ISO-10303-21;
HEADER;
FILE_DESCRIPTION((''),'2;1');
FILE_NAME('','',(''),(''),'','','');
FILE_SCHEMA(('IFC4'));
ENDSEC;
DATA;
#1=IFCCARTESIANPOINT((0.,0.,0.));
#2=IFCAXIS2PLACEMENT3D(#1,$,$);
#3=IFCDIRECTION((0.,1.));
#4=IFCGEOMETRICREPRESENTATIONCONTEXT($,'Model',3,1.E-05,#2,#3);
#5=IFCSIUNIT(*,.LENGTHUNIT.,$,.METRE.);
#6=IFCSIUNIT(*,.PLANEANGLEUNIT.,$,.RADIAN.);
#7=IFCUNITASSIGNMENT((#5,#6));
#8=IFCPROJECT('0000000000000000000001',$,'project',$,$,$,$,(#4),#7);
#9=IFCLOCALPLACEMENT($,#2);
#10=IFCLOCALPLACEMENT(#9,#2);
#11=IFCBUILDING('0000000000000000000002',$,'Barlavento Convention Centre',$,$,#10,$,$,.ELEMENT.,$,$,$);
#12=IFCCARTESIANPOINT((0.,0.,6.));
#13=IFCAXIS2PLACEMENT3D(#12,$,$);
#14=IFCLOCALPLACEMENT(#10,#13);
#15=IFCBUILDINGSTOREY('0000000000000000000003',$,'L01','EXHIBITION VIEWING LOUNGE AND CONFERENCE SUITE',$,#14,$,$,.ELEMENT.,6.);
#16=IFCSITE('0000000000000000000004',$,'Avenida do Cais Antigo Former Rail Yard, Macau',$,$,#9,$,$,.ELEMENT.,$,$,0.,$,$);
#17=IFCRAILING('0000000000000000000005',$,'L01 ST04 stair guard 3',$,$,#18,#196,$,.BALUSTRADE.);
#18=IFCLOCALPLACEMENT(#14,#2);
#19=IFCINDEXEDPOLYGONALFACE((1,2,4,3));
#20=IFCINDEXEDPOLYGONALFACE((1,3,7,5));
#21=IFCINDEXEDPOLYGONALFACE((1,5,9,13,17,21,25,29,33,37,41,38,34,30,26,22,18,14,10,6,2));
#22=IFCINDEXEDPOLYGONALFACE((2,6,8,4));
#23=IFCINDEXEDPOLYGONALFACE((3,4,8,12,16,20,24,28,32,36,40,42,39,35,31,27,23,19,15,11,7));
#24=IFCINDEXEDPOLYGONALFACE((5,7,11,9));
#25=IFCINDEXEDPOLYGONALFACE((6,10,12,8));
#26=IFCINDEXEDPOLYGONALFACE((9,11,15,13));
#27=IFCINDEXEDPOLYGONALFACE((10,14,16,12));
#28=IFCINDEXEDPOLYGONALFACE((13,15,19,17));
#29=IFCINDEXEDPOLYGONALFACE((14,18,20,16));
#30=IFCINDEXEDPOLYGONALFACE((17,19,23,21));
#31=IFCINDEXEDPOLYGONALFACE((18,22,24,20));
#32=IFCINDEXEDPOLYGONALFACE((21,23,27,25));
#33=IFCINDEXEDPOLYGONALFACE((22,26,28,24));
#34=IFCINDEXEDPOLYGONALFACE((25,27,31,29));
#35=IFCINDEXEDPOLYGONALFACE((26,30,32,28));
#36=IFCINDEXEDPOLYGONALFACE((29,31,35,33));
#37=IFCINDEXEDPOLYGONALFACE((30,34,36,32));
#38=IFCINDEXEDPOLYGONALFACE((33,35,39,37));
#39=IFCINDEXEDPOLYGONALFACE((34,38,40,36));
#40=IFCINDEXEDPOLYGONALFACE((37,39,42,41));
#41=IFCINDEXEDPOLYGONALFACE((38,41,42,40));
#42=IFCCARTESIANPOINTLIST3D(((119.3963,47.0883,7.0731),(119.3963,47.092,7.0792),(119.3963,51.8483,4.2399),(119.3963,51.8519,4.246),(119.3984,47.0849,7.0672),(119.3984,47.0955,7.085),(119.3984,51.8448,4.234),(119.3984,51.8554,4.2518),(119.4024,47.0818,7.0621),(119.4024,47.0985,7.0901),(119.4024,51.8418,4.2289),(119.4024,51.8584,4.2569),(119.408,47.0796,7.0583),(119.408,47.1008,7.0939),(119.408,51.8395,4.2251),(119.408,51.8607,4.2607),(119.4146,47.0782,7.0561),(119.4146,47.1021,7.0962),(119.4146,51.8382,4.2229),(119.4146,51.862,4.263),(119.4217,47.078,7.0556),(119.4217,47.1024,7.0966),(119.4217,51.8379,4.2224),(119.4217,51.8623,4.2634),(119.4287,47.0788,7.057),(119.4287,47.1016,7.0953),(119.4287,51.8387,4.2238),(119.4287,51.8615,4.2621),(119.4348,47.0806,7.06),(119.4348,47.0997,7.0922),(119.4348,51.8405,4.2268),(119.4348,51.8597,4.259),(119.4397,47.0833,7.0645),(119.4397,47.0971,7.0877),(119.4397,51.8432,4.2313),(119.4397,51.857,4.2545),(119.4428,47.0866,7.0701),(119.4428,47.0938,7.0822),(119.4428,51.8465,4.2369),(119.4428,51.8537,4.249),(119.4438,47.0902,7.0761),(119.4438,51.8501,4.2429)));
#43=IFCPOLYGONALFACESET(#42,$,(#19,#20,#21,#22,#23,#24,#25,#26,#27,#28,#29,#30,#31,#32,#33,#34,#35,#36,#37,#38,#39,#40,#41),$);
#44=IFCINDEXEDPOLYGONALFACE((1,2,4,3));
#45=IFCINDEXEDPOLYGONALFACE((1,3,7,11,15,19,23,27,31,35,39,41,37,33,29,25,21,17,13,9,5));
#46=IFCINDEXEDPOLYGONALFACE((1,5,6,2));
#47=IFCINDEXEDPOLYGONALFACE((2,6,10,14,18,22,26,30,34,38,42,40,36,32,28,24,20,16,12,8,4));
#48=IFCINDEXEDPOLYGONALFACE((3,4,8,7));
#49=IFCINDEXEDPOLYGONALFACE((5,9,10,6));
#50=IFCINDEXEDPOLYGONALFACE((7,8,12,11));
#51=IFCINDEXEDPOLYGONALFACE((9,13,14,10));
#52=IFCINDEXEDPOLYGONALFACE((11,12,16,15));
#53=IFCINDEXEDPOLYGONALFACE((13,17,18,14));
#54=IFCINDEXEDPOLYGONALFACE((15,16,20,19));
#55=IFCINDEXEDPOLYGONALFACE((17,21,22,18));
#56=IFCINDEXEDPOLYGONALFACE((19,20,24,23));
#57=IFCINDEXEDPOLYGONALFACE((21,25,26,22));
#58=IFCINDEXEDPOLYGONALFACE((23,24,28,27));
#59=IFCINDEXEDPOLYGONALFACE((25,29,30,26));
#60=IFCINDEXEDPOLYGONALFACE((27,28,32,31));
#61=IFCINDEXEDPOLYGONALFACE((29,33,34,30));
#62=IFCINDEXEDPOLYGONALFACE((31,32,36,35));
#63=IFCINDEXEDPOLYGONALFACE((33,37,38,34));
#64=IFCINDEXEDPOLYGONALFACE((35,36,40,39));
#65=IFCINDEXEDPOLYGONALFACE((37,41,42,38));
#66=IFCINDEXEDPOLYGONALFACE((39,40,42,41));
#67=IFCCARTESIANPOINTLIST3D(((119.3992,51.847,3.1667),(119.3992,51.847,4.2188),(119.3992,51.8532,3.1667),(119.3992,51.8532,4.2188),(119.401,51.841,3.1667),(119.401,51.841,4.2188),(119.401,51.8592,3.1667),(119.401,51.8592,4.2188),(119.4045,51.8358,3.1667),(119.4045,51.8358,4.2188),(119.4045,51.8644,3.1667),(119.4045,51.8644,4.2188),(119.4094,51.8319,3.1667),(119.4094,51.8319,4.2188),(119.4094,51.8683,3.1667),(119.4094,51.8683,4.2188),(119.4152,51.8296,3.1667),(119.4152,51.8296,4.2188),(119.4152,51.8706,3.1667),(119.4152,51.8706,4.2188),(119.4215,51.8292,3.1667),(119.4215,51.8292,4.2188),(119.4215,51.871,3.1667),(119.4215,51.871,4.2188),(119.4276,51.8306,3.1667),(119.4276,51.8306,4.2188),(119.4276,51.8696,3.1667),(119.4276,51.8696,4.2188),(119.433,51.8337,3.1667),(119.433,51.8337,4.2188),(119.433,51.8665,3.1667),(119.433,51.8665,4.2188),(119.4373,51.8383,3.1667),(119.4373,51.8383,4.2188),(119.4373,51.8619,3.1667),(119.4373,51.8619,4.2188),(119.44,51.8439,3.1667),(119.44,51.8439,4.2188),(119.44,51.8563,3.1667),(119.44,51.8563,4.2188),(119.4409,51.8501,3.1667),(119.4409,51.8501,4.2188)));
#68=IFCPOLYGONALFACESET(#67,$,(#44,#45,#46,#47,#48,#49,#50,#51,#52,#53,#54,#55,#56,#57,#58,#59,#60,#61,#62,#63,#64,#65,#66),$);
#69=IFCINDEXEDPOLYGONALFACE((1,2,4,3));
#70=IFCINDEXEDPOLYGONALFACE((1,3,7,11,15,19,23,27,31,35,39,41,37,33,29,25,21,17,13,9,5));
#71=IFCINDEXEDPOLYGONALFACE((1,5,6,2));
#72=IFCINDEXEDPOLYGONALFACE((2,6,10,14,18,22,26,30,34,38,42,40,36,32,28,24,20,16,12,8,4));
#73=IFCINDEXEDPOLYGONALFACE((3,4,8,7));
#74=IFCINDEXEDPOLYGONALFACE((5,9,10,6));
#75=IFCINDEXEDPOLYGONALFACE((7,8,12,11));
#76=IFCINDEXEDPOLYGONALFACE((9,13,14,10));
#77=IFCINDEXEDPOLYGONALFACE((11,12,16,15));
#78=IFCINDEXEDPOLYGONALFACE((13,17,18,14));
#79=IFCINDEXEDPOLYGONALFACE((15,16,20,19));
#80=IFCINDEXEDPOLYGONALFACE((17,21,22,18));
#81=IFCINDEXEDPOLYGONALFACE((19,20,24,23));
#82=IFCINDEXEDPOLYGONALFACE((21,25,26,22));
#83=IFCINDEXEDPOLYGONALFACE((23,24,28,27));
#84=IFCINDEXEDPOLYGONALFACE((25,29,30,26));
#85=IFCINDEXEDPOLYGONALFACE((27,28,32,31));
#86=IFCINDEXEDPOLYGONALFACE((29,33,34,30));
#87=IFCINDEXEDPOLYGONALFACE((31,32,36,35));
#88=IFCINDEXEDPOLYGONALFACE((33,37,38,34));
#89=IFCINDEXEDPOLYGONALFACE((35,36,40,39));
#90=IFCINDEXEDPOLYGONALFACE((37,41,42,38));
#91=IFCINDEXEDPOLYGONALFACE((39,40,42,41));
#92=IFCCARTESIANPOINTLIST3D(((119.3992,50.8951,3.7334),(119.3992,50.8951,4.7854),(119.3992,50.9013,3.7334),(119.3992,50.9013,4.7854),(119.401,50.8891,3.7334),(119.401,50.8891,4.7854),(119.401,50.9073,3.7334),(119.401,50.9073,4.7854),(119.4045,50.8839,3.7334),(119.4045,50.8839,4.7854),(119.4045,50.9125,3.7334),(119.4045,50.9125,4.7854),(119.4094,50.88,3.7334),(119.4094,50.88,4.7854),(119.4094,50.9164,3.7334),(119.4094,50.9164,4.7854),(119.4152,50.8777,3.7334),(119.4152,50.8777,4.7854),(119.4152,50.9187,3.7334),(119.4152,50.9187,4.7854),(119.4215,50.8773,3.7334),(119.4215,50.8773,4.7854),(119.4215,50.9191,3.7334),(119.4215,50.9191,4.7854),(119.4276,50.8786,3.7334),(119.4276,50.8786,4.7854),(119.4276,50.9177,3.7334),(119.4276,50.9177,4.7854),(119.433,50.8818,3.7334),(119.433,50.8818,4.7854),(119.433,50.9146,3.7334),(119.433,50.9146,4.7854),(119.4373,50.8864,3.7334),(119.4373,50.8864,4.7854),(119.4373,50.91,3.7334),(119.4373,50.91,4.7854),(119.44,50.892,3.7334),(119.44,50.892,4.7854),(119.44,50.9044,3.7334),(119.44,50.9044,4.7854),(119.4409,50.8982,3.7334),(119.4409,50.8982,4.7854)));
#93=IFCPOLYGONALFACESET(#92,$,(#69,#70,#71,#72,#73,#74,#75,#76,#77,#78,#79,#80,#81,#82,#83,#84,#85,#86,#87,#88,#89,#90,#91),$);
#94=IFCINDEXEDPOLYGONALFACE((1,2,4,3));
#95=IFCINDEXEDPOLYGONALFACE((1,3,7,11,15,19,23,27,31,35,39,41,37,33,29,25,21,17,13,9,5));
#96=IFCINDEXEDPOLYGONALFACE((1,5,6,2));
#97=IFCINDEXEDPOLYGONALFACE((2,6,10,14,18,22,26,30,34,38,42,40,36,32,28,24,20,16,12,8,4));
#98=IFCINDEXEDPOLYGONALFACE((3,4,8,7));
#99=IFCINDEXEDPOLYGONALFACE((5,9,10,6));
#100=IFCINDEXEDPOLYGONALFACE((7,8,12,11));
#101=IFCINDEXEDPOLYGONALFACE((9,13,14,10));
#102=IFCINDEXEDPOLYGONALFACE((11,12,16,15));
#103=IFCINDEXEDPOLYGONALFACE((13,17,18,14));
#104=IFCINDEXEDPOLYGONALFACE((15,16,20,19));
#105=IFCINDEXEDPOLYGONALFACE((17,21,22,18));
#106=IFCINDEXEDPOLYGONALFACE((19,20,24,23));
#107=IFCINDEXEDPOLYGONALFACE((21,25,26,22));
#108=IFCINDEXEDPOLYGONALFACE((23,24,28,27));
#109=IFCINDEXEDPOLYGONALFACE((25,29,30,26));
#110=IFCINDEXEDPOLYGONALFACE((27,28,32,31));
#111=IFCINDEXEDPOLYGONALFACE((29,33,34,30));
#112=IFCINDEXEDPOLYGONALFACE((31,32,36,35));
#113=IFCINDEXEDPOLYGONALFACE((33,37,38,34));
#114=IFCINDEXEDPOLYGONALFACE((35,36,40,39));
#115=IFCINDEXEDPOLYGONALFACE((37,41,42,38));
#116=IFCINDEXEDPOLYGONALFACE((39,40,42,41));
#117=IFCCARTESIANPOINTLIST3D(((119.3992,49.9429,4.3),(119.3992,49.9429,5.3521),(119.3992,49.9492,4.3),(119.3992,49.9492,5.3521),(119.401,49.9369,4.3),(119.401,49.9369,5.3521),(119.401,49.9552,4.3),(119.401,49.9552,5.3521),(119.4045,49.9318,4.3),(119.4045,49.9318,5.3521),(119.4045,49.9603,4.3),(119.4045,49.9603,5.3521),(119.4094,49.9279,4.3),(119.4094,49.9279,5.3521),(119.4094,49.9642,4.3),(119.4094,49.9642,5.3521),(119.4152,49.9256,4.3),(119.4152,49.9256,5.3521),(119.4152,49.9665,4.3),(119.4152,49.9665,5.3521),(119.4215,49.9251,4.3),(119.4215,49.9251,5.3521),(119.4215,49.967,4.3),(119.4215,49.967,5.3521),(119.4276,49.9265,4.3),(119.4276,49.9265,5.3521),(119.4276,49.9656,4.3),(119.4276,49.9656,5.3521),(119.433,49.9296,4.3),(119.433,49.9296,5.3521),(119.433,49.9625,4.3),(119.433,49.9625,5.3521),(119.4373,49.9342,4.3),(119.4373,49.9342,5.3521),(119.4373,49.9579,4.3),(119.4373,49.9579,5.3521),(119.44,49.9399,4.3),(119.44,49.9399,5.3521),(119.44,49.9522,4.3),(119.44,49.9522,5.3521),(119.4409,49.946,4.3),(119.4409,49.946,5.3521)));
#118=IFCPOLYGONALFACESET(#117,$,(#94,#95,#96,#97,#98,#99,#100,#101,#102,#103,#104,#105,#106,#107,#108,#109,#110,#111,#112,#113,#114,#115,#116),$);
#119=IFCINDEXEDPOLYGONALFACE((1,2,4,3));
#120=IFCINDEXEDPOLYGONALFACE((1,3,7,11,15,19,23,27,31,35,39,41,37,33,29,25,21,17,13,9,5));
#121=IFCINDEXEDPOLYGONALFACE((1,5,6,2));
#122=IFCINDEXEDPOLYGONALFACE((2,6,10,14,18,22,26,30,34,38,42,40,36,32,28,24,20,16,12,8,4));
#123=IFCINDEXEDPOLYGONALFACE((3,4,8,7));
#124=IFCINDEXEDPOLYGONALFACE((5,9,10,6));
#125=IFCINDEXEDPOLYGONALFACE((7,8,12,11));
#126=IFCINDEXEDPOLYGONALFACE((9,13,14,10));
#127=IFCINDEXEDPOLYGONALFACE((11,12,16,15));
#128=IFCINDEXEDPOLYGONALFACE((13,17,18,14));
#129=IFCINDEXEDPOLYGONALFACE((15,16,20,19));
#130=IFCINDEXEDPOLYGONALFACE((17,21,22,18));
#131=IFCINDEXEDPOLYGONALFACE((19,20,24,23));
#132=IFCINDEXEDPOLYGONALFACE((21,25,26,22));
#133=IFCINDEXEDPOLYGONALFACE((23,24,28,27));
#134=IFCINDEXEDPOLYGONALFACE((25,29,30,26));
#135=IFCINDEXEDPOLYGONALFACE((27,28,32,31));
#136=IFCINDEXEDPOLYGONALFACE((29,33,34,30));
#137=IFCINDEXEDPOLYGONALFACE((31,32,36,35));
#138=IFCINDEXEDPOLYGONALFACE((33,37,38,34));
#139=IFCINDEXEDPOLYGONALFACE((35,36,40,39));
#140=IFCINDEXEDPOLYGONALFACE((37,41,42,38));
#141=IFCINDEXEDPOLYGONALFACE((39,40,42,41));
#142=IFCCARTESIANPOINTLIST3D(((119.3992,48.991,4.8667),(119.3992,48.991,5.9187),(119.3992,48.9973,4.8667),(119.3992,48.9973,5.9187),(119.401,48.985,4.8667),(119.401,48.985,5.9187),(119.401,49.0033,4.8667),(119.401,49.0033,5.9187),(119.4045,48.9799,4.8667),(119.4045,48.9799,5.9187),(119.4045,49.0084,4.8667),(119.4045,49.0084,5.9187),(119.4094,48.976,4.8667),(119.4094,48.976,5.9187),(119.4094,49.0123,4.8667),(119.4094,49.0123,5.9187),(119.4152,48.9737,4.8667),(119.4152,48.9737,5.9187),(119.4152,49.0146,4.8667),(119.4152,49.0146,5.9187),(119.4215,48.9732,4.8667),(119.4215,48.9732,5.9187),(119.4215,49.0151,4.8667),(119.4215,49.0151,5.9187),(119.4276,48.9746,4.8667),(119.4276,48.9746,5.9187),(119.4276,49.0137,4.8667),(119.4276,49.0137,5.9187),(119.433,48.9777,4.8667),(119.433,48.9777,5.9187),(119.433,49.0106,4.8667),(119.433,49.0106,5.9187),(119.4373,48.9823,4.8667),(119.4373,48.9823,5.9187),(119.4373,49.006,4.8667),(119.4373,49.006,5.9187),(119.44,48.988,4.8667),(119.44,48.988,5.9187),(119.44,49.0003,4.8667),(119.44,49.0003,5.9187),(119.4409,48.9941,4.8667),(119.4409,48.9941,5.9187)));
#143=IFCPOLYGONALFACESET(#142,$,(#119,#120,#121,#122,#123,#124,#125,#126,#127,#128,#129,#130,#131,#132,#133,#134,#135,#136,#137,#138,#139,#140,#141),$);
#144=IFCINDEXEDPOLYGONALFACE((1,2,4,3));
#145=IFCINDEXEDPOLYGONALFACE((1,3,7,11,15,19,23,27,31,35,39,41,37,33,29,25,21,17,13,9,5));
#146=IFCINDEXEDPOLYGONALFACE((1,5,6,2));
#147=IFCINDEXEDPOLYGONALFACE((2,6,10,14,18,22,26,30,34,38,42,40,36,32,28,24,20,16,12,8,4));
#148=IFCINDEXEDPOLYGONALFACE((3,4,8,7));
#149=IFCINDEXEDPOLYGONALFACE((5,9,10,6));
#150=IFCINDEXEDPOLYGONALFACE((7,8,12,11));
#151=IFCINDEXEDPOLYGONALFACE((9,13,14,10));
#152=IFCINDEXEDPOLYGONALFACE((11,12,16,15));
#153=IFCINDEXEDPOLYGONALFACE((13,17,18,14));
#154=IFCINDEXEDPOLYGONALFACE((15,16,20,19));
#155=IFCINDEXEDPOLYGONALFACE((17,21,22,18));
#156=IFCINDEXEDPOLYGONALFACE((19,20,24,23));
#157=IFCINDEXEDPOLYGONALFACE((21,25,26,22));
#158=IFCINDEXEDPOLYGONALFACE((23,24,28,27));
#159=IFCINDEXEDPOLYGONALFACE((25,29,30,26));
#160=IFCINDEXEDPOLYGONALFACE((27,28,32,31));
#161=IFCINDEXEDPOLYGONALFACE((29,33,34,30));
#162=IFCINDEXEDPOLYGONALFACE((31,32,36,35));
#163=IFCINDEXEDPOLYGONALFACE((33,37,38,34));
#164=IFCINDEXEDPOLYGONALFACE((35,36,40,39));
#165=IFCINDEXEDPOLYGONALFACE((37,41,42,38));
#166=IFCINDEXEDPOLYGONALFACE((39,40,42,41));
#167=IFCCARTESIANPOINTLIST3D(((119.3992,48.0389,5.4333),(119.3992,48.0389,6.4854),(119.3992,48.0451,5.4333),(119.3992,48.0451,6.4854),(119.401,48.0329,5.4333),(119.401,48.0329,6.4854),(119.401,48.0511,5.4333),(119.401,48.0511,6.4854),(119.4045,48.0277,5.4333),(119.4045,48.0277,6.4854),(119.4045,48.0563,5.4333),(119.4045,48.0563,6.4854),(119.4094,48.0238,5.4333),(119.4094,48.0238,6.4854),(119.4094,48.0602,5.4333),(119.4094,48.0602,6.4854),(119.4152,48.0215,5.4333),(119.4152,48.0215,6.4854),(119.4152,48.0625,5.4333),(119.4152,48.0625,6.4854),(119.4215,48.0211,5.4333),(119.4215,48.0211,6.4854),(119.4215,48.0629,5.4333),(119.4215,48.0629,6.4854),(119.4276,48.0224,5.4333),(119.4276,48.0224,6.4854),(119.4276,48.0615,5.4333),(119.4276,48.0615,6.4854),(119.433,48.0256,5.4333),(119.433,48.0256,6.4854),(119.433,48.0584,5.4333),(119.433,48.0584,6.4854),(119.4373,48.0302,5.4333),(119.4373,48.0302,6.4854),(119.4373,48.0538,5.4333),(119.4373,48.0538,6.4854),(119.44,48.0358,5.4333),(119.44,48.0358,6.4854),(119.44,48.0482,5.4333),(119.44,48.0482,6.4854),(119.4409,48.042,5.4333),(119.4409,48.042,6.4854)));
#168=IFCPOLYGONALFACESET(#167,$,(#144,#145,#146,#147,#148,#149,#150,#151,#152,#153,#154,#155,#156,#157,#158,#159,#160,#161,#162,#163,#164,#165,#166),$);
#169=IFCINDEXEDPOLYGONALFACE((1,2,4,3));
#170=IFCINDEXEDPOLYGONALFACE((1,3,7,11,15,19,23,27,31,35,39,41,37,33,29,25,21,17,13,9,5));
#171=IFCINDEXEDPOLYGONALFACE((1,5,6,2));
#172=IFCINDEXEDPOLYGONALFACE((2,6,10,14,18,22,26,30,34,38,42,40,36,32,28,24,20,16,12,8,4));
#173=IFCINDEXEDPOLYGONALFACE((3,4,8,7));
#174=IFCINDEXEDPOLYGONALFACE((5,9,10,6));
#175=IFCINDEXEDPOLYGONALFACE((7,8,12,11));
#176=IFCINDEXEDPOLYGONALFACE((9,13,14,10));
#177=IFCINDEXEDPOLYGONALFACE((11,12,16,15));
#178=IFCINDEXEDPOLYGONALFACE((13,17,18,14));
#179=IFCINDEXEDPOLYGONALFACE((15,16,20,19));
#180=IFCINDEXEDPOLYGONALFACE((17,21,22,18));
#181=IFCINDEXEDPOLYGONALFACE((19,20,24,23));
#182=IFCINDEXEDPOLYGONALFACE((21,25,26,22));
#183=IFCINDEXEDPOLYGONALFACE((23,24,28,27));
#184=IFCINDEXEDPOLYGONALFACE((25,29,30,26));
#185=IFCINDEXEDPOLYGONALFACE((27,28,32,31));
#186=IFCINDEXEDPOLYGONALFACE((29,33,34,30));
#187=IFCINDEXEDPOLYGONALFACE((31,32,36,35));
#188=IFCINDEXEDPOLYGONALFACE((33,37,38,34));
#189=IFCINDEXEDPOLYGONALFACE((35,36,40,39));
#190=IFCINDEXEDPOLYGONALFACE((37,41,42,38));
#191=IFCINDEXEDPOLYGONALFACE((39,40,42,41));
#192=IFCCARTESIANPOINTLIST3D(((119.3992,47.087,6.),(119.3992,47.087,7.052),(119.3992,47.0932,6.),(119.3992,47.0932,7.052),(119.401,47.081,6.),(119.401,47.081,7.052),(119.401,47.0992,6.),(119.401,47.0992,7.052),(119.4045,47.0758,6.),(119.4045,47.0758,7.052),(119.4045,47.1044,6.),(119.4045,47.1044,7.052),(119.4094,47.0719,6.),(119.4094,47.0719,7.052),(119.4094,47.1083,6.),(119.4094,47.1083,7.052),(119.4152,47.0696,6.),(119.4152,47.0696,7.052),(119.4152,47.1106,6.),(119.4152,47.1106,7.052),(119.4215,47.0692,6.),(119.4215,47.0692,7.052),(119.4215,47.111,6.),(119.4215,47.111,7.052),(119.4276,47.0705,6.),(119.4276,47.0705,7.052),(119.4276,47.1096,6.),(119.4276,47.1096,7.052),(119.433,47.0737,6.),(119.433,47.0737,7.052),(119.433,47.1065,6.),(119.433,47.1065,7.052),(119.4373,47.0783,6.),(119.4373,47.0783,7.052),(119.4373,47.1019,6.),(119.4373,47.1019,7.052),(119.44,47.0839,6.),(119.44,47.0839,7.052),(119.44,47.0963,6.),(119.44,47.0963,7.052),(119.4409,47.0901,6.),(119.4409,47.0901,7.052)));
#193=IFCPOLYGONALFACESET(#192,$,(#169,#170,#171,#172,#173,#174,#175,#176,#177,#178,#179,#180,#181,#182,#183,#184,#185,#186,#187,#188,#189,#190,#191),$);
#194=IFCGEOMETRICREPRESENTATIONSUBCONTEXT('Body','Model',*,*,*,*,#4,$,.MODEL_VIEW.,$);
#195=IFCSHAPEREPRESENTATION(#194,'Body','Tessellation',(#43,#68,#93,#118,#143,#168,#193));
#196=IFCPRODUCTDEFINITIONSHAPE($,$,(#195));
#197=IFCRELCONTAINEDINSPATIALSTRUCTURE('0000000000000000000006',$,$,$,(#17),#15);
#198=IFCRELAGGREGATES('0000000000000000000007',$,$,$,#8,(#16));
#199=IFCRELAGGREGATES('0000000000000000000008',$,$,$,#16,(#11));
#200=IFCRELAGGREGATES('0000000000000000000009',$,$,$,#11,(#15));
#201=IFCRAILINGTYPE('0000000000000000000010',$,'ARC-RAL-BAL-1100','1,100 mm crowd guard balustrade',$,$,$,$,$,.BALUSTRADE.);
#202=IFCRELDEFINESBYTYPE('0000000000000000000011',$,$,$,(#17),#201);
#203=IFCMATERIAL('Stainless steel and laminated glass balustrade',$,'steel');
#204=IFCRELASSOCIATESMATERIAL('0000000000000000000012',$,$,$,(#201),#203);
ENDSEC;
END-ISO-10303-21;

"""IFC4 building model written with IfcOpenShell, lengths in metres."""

from ifc_helpers import new_model, si_unit, direction, frame, origin, origin_2d, place, context, subcontext, project, spatial, circle, extrude, material, type_object, element, save


model = new_model("IFC4")

# Units and contexts
model_context = context("Model", 3, precision=1e-05, world=origin(), true_north=direction((0.0, 1.0)))
body_context = subcontext(model_context, "Body", "Model", "MODEL_VIEW")
ifc_project = project(units=[si_unit("LENGTHUNIT", "METRE"), si_unit("PLANEANGLEUNIT", "RADIAN")], contexts=[model_context])

# Site, building, storey
site_placement = place(None, origin())
site = spatial("IfcSite", under=ifc_project, at=site_placement, Name="Avenida do Cais Antigo Former Rail Yard, Macau", CompositionType="ELEMENT", RefElevation=0.0)
building_placement = place(site_placement, origin())
building = spatial("IfcBuilding", under=site, at=building_placement, Name="Barlavento Convention Centre", CompositionType="ELEMENT")
storey_placement = place(building_placement, frame((0.0, 0.0, 6.0)))
storey = spatial("IfcBuildingStorey", under=building, at=storey_placement, Name="L01", Description="EXHIBITION VIEWING LOUNGE AND CONFERENCE SUITE", CompositionType="ELEMENT", Elevation=6.0)

# Railing
ifc_material_1 = material(Name="Stainless steel and laminated glass balustrade", Category="steel")
railing_type_1 = type_object("IfcRailingType", Name="ARC-RAL-BAL-1100", Description="1,100 mm crowd guard balustrade", PredefinedType="BALUSTRADE", material=ifc_material_1)
railing_1_placement = place(storey_placement, frame((119.4199, 51.8501, 3.1667)))
element("IfcRailing", 1, at=railing_1_placement, inside=storey, type_object=railing_type_1, Name="L01 ST04 stair guard 3", PredefinedType="BALUSTRADE", context=body_context, shape_type="SweptSolid", body=[
    extrude(circle(Radius=0.0239, at=origin_2d()), frame((0.0, 0.0, 1.0762), z_axis=(0.0, -0.8593, 0.511472), x_axis=(1.0, 0.0, 0.0)), (0.0, 0.0, 1.0), 5.5393),
    extrude(circle(Radius=0.021, at=origin_2d()), origin(), (0.0, 0.0, 1.0), 1.052),
    extrude(circle(Radius=0.021, at=origin_2d()), frame((0.0, -0.9519, 0.5667)), (0.0, 0.0, 1.0), 1.052),
    extrude(circle(Radius=0.021, at=origin_2d()), frame((0.0, -1.9041, 1.1333)), (0.0, 0.0, 1.0), 1.052),
    extrude(circle(Radius=0.021, at=origin_2d()), frame((0.0, -2.856, 1.7)), (0.0, 0.0, 1.0), 1.052),
    extrude(circle(Radius=0.021, at=origin_2d()), frame((0.0, -3.8081, 2.2666)), (0.0, 0.0, 1.0), 1.052),
    extrude(circle(Radius=0.021, at=origin_2d()), frame((0.0, -4.76, 2.8333)), (0.0, 0.0, 1.0), 1.052),
])

save(model, "model.ifc")
